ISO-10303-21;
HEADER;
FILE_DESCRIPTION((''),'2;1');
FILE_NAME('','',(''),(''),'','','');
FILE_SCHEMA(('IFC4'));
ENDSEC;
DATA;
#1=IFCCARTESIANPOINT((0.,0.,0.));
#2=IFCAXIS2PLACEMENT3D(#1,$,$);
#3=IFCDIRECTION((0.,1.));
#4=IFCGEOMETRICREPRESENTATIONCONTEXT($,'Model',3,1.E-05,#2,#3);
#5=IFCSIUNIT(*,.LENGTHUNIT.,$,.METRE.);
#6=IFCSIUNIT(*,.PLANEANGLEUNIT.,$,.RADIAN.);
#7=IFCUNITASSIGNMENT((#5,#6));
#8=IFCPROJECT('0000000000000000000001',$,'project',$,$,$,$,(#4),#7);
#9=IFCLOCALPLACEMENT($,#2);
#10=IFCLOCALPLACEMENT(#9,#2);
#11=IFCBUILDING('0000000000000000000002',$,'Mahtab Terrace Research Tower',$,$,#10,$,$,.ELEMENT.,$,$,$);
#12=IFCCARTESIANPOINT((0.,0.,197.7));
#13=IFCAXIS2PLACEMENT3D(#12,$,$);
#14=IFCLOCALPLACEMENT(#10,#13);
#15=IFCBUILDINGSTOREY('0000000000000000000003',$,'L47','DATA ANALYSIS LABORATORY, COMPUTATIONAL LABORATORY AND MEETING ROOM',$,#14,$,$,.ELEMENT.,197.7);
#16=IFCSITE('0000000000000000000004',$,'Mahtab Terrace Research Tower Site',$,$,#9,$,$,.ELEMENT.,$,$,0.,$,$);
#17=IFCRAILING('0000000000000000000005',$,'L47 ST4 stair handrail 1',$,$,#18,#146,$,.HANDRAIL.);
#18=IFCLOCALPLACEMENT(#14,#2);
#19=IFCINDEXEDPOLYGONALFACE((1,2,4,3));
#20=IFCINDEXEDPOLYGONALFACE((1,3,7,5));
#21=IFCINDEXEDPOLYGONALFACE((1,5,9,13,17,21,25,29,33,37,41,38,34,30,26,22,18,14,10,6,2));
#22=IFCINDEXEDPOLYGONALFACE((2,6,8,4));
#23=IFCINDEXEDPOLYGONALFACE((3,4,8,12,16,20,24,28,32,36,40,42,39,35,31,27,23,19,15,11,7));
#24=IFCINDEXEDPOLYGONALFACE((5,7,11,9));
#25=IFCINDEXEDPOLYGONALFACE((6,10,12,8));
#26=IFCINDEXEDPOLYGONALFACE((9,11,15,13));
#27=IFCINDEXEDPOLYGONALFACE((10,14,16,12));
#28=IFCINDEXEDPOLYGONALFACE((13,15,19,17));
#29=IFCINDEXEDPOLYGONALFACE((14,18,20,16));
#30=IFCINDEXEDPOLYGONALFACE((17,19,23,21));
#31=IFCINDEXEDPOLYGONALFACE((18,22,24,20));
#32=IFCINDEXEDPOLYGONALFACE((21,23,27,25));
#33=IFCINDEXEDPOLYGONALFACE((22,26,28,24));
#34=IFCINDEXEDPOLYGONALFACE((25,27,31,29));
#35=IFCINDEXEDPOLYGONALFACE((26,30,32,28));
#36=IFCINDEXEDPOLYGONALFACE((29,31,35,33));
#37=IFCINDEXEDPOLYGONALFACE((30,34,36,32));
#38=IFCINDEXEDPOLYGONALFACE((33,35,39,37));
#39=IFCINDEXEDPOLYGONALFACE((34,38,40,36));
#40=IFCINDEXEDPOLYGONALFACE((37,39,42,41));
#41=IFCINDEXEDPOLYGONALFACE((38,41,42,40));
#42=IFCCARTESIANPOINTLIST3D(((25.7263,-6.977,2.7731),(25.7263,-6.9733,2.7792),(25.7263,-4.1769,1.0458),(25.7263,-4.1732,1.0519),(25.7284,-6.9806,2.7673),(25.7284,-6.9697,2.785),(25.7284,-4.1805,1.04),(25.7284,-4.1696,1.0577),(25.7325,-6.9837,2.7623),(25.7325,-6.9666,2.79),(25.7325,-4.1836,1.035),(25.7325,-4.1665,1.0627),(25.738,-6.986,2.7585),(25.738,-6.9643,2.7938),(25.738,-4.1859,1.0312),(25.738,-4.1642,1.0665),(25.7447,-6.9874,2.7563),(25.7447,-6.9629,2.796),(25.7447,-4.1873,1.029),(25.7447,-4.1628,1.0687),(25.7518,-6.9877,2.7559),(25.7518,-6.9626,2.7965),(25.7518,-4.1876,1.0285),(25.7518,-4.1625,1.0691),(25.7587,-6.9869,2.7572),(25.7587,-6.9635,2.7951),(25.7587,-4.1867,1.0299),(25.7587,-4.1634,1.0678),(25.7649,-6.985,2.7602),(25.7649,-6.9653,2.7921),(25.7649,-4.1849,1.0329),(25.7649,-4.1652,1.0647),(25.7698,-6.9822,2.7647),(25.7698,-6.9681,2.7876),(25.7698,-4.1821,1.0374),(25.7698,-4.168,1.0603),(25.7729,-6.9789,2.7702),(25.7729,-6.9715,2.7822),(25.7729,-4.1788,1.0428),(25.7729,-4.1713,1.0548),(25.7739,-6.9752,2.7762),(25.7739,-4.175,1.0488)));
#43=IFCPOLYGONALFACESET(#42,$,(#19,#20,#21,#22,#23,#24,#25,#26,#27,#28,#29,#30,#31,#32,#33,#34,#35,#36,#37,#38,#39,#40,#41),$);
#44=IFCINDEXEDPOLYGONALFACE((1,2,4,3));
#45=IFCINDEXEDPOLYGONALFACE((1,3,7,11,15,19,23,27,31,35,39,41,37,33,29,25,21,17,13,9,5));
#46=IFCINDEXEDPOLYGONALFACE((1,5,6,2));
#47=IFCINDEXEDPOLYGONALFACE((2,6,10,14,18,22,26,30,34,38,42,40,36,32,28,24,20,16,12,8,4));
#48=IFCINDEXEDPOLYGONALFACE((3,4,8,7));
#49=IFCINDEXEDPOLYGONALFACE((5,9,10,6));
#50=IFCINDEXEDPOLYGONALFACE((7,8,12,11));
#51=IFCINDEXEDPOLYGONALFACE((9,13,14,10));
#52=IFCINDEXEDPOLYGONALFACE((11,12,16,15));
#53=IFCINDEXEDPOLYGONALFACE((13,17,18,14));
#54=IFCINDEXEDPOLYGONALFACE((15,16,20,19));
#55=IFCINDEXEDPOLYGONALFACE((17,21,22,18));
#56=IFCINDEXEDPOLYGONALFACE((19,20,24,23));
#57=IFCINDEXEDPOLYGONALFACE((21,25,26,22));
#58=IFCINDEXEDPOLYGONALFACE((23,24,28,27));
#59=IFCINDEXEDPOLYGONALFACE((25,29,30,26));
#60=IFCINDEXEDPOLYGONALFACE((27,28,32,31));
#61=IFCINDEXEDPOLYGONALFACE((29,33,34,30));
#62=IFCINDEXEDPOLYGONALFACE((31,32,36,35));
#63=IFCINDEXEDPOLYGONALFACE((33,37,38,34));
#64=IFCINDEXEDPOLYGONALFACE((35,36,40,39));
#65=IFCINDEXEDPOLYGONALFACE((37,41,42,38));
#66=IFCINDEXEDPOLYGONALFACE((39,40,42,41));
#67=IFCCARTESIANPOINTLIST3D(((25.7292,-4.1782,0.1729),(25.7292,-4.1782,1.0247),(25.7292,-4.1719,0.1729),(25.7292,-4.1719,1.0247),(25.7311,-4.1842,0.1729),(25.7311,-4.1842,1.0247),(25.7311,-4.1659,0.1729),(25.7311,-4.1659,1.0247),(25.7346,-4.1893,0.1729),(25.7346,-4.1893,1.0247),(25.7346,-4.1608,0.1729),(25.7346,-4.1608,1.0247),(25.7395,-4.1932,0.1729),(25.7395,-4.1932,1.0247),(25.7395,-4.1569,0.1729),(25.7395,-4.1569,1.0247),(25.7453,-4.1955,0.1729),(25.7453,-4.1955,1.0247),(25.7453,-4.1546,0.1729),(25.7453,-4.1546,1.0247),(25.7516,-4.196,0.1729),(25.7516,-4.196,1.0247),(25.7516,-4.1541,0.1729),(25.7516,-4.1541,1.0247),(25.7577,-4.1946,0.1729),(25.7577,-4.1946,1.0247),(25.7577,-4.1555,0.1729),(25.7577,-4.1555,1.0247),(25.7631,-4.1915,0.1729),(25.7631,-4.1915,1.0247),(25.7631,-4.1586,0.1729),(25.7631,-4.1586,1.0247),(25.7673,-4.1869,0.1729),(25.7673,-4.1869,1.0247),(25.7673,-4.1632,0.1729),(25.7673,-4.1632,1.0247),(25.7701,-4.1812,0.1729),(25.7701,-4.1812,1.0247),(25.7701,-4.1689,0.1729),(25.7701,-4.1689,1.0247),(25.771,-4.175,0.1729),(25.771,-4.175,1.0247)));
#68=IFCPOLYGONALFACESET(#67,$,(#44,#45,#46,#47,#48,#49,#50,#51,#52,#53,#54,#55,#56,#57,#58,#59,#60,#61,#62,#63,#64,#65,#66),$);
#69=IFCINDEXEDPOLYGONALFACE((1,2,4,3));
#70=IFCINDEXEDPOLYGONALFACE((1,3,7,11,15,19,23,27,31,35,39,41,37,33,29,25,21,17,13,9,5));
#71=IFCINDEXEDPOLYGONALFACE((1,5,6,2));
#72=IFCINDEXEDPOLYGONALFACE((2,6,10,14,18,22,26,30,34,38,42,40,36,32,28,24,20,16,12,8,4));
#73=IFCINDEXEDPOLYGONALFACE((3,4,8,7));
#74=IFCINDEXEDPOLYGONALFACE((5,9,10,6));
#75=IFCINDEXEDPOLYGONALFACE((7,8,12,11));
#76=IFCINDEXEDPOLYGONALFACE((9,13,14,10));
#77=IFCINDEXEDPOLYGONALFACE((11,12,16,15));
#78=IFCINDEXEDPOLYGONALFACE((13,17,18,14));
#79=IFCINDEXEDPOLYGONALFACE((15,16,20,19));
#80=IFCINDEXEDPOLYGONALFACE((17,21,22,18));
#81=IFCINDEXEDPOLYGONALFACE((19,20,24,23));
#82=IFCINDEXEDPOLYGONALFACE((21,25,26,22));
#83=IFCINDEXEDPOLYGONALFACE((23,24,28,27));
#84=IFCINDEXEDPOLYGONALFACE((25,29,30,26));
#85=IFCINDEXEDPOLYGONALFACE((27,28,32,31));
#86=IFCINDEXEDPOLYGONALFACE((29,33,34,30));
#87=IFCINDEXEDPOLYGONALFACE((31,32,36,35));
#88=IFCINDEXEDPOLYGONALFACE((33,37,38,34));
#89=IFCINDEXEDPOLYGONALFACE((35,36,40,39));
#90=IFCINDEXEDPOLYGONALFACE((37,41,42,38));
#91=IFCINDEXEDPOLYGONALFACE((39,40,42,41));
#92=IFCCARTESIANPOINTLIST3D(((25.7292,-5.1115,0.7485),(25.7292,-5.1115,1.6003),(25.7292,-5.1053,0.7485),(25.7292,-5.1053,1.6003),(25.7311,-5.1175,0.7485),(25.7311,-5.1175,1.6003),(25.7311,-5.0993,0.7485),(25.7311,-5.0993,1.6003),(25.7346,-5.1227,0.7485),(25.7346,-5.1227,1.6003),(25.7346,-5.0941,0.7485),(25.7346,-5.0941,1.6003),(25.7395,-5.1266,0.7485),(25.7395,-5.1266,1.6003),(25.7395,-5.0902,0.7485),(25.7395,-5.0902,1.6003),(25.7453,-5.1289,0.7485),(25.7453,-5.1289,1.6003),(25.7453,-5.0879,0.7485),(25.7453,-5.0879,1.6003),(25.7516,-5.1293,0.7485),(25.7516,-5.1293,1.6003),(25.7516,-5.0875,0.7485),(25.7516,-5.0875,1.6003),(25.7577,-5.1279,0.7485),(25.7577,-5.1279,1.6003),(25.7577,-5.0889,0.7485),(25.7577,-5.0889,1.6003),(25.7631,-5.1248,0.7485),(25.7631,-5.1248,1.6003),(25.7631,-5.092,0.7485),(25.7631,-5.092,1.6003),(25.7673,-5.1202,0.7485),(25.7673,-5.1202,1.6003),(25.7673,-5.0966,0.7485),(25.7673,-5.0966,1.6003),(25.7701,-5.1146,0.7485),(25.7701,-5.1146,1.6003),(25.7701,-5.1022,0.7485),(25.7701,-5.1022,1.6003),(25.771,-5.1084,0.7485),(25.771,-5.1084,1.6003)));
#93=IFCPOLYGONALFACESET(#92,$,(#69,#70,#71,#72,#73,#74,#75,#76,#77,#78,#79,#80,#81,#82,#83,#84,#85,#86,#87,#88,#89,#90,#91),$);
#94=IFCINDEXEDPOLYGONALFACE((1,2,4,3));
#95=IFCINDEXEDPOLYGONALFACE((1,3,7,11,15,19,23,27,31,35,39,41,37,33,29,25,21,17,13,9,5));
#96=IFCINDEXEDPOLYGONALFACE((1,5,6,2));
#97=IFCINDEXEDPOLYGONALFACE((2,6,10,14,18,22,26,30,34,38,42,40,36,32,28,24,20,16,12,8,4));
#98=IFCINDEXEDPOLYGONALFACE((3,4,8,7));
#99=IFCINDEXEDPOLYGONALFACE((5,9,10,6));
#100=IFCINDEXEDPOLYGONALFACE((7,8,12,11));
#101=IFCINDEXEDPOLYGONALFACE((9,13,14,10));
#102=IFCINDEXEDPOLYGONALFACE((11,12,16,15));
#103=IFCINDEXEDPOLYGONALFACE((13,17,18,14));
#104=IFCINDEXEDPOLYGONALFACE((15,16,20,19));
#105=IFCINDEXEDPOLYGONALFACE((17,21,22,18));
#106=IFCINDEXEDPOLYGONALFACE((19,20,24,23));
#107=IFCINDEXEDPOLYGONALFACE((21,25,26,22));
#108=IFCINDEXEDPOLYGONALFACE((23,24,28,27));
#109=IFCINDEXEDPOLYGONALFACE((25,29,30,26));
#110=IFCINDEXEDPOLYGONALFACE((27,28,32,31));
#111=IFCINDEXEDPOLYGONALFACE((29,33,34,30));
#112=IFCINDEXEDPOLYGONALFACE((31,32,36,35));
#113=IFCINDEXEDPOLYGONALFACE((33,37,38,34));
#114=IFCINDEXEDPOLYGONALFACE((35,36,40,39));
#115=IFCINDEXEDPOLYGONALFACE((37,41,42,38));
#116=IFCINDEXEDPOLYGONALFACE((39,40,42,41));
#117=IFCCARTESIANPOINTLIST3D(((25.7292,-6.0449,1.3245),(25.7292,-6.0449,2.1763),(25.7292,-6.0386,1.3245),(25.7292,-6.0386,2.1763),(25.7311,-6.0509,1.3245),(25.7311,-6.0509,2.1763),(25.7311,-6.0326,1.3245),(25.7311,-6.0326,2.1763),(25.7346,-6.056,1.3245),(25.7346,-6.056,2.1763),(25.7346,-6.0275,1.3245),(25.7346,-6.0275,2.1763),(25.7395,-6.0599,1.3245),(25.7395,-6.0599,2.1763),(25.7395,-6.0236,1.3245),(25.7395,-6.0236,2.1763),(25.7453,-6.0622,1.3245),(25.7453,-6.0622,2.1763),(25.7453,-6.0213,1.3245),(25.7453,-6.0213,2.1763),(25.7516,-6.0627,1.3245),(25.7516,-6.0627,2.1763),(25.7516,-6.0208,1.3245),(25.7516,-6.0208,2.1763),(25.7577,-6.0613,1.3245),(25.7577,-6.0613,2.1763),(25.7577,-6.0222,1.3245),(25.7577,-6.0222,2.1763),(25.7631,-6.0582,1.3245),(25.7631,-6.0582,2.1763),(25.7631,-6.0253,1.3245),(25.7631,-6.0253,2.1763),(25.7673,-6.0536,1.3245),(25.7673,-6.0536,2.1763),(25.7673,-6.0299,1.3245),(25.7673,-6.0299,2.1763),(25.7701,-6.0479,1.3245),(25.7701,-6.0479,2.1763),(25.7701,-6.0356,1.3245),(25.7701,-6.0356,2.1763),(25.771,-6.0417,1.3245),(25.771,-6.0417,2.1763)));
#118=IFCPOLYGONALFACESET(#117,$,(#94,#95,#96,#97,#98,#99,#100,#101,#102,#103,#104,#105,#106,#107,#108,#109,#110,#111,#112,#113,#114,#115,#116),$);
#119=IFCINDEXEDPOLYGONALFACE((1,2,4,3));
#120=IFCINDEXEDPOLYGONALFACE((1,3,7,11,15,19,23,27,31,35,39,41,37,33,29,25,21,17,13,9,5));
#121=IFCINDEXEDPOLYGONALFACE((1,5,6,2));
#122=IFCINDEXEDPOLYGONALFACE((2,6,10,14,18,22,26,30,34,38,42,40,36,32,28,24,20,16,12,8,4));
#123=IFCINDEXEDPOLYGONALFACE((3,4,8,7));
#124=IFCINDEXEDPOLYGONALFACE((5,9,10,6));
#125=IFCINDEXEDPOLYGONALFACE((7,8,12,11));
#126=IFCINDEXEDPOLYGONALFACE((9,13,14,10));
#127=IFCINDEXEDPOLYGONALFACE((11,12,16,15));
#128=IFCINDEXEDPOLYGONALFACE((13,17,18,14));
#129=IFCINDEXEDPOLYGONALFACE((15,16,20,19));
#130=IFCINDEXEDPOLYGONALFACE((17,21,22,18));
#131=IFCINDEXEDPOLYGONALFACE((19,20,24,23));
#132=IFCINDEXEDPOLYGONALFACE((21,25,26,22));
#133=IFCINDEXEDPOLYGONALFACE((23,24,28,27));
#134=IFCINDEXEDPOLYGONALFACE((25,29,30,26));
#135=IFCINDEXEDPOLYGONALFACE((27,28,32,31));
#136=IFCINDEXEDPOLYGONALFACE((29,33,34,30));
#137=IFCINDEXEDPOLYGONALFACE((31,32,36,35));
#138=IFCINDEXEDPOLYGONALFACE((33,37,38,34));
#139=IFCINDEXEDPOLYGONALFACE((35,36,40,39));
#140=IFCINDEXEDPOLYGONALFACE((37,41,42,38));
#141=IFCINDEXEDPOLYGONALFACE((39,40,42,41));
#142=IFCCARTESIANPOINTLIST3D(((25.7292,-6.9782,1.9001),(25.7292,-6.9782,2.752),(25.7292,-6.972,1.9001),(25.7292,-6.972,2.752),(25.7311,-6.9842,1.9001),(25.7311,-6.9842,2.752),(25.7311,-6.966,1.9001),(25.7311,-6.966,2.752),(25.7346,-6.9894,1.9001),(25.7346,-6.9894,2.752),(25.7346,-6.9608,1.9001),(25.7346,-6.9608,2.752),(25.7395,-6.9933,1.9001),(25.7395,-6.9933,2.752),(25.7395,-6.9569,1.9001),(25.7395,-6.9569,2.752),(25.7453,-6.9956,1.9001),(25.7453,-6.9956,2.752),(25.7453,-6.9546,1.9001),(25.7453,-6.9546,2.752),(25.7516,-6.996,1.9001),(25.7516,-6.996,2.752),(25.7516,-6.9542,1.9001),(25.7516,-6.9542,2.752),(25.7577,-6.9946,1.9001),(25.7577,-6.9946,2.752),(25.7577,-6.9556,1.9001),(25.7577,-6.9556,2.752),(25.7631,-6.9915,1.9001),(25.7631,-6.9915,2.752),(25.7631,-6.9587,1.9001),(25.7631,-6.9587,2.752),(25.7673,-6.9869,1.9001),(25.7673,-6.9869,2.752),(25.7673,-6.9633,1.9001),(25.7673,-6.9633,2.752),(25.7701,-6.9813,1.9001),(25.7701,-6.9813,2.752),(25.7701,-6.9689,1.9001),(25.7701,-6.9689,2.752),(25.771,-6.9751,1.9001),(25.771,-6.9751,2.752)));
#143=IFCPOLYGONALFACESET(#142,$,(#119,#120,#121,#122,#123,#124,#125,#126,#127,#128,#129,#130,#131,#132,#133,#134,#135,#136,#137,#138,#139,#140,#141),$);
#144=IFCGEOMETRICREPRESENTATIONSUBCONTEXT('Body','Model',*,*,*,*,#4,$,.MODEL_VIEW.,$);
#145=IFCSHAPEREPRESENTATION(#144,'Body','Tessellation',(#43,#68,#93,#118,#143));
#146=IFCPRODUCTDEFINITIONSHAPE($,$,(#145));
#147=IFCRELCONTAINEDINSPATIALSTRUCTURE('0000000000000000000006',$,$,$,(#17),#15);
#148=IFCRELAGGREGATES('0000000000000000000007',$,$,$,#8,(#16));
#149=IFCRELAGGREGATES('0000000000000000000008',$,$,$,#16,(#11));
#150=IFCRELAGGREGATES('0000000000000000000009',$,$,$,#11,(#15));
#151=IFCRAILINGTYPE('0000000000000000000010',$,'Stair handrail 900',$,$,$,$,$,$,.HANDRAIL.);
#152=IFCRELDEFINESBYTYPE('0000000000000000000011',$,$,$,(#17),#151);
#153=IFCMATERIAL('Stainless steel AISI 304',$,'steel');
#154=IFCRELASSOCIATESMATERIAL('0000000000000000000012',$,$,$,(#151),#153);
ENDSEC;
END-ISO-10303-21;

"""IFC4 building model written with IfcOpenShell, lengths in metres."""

from ifc_helpers import new_model, si_unit, direction, frame, origin, origin_2d, place, context, subcontext, project, spatial, circle, extrude, material, type_object, element, save


model = new_model("IFC4")

# Units and contexts
model_context = context("Model", 3, precision=1e-05, world=origin(), true_north=direction((0.0, 1.0)))
body_context = subcontext(model_context, "Body", "Model", "MODEL_VIEW")
ifc_project = project(units=[si_unit("LENGTHUNIT", "METRE"), si_unit("PLANEANGLEUNIT", "RADIAN")], contexts=[model_context])

# Site, building, storey
site_placement = place(None, origin())
site = spatial("IfcSite", under=ifc_project, at=site_placement, Name="Mahtab Terrace Research Tower Site", CompositionType="ELEMENT", RefElevation=0.0)
building_placement = place(site_placement, origin())
building = spatial("IfcBuilding", under=site, at=building_placement, Name="Mahtab Terrace Research Tower", CompositionType="ELEMENT")
storey_placement = place(building_placement, frame((0.0, 0.0, 197.7)))
storey = spatial("IfcBuildingStorey", under=building, at=storey_placement, Name="L47", Description="DATA ANALYSIS LABORATORY, COMPUTATIONAL LABORATORY AND MEETING ROOM", CompositionType="ELEMENT", Elevation=197.7)

# Railing
ifc_material_1 = material(Name="Stainless steel AISI 304", Category="steel")
railing_type_1 = type_object("IfcRailingType", Name="Stair handrail 900", PredefinedType="HANDRAIL", material=ifc_material_1)
railing_1_placement = place(storey_placement, frame((25.75, -4.175, 0.1729)))
element("IfcRailing", 1, at=railing_1_placement, inside=storey, type_object=railing_type_1, Name="L47 ST4 stair handrail 1", PredefinedType="HANDRAIL", context=body_context, shape_type="SweptSolid", body=[
    extrude(circle(Radius=0.0239, at=origin_2d()), frame((0.0, 0.0, 0.876), z_axis=(0.0, -0.85109, 0.52502), x_axis=(1.0, 0.0, 0.0)), (0.0, 0.0, 1.0), 3.29),
    extrude(circle(Radius=0.021, at=origin_2d()), origin(), (0.0, 0.0, 1.0), 0.8518),
    extrude(circle(Radius=0.021, at=origin_2d()), frame((0.0, -0.9333, 0.5757)), (0.0, 0.0, 1.0), 0.8518),
    extrude(circle(Radius=0.021, at=origin_2d()), frame((0.0, -1.8667, 1.1516)), (0.0, 0.0, 1.0), 0.8518),
    extrude(circle(Radius=0.021, at=origin_2d()), frame((0.0, -2.8, 1.7273)), (0.0, 0.0, 1.0), 0.8518),
])

save(model, "model.ifc")
